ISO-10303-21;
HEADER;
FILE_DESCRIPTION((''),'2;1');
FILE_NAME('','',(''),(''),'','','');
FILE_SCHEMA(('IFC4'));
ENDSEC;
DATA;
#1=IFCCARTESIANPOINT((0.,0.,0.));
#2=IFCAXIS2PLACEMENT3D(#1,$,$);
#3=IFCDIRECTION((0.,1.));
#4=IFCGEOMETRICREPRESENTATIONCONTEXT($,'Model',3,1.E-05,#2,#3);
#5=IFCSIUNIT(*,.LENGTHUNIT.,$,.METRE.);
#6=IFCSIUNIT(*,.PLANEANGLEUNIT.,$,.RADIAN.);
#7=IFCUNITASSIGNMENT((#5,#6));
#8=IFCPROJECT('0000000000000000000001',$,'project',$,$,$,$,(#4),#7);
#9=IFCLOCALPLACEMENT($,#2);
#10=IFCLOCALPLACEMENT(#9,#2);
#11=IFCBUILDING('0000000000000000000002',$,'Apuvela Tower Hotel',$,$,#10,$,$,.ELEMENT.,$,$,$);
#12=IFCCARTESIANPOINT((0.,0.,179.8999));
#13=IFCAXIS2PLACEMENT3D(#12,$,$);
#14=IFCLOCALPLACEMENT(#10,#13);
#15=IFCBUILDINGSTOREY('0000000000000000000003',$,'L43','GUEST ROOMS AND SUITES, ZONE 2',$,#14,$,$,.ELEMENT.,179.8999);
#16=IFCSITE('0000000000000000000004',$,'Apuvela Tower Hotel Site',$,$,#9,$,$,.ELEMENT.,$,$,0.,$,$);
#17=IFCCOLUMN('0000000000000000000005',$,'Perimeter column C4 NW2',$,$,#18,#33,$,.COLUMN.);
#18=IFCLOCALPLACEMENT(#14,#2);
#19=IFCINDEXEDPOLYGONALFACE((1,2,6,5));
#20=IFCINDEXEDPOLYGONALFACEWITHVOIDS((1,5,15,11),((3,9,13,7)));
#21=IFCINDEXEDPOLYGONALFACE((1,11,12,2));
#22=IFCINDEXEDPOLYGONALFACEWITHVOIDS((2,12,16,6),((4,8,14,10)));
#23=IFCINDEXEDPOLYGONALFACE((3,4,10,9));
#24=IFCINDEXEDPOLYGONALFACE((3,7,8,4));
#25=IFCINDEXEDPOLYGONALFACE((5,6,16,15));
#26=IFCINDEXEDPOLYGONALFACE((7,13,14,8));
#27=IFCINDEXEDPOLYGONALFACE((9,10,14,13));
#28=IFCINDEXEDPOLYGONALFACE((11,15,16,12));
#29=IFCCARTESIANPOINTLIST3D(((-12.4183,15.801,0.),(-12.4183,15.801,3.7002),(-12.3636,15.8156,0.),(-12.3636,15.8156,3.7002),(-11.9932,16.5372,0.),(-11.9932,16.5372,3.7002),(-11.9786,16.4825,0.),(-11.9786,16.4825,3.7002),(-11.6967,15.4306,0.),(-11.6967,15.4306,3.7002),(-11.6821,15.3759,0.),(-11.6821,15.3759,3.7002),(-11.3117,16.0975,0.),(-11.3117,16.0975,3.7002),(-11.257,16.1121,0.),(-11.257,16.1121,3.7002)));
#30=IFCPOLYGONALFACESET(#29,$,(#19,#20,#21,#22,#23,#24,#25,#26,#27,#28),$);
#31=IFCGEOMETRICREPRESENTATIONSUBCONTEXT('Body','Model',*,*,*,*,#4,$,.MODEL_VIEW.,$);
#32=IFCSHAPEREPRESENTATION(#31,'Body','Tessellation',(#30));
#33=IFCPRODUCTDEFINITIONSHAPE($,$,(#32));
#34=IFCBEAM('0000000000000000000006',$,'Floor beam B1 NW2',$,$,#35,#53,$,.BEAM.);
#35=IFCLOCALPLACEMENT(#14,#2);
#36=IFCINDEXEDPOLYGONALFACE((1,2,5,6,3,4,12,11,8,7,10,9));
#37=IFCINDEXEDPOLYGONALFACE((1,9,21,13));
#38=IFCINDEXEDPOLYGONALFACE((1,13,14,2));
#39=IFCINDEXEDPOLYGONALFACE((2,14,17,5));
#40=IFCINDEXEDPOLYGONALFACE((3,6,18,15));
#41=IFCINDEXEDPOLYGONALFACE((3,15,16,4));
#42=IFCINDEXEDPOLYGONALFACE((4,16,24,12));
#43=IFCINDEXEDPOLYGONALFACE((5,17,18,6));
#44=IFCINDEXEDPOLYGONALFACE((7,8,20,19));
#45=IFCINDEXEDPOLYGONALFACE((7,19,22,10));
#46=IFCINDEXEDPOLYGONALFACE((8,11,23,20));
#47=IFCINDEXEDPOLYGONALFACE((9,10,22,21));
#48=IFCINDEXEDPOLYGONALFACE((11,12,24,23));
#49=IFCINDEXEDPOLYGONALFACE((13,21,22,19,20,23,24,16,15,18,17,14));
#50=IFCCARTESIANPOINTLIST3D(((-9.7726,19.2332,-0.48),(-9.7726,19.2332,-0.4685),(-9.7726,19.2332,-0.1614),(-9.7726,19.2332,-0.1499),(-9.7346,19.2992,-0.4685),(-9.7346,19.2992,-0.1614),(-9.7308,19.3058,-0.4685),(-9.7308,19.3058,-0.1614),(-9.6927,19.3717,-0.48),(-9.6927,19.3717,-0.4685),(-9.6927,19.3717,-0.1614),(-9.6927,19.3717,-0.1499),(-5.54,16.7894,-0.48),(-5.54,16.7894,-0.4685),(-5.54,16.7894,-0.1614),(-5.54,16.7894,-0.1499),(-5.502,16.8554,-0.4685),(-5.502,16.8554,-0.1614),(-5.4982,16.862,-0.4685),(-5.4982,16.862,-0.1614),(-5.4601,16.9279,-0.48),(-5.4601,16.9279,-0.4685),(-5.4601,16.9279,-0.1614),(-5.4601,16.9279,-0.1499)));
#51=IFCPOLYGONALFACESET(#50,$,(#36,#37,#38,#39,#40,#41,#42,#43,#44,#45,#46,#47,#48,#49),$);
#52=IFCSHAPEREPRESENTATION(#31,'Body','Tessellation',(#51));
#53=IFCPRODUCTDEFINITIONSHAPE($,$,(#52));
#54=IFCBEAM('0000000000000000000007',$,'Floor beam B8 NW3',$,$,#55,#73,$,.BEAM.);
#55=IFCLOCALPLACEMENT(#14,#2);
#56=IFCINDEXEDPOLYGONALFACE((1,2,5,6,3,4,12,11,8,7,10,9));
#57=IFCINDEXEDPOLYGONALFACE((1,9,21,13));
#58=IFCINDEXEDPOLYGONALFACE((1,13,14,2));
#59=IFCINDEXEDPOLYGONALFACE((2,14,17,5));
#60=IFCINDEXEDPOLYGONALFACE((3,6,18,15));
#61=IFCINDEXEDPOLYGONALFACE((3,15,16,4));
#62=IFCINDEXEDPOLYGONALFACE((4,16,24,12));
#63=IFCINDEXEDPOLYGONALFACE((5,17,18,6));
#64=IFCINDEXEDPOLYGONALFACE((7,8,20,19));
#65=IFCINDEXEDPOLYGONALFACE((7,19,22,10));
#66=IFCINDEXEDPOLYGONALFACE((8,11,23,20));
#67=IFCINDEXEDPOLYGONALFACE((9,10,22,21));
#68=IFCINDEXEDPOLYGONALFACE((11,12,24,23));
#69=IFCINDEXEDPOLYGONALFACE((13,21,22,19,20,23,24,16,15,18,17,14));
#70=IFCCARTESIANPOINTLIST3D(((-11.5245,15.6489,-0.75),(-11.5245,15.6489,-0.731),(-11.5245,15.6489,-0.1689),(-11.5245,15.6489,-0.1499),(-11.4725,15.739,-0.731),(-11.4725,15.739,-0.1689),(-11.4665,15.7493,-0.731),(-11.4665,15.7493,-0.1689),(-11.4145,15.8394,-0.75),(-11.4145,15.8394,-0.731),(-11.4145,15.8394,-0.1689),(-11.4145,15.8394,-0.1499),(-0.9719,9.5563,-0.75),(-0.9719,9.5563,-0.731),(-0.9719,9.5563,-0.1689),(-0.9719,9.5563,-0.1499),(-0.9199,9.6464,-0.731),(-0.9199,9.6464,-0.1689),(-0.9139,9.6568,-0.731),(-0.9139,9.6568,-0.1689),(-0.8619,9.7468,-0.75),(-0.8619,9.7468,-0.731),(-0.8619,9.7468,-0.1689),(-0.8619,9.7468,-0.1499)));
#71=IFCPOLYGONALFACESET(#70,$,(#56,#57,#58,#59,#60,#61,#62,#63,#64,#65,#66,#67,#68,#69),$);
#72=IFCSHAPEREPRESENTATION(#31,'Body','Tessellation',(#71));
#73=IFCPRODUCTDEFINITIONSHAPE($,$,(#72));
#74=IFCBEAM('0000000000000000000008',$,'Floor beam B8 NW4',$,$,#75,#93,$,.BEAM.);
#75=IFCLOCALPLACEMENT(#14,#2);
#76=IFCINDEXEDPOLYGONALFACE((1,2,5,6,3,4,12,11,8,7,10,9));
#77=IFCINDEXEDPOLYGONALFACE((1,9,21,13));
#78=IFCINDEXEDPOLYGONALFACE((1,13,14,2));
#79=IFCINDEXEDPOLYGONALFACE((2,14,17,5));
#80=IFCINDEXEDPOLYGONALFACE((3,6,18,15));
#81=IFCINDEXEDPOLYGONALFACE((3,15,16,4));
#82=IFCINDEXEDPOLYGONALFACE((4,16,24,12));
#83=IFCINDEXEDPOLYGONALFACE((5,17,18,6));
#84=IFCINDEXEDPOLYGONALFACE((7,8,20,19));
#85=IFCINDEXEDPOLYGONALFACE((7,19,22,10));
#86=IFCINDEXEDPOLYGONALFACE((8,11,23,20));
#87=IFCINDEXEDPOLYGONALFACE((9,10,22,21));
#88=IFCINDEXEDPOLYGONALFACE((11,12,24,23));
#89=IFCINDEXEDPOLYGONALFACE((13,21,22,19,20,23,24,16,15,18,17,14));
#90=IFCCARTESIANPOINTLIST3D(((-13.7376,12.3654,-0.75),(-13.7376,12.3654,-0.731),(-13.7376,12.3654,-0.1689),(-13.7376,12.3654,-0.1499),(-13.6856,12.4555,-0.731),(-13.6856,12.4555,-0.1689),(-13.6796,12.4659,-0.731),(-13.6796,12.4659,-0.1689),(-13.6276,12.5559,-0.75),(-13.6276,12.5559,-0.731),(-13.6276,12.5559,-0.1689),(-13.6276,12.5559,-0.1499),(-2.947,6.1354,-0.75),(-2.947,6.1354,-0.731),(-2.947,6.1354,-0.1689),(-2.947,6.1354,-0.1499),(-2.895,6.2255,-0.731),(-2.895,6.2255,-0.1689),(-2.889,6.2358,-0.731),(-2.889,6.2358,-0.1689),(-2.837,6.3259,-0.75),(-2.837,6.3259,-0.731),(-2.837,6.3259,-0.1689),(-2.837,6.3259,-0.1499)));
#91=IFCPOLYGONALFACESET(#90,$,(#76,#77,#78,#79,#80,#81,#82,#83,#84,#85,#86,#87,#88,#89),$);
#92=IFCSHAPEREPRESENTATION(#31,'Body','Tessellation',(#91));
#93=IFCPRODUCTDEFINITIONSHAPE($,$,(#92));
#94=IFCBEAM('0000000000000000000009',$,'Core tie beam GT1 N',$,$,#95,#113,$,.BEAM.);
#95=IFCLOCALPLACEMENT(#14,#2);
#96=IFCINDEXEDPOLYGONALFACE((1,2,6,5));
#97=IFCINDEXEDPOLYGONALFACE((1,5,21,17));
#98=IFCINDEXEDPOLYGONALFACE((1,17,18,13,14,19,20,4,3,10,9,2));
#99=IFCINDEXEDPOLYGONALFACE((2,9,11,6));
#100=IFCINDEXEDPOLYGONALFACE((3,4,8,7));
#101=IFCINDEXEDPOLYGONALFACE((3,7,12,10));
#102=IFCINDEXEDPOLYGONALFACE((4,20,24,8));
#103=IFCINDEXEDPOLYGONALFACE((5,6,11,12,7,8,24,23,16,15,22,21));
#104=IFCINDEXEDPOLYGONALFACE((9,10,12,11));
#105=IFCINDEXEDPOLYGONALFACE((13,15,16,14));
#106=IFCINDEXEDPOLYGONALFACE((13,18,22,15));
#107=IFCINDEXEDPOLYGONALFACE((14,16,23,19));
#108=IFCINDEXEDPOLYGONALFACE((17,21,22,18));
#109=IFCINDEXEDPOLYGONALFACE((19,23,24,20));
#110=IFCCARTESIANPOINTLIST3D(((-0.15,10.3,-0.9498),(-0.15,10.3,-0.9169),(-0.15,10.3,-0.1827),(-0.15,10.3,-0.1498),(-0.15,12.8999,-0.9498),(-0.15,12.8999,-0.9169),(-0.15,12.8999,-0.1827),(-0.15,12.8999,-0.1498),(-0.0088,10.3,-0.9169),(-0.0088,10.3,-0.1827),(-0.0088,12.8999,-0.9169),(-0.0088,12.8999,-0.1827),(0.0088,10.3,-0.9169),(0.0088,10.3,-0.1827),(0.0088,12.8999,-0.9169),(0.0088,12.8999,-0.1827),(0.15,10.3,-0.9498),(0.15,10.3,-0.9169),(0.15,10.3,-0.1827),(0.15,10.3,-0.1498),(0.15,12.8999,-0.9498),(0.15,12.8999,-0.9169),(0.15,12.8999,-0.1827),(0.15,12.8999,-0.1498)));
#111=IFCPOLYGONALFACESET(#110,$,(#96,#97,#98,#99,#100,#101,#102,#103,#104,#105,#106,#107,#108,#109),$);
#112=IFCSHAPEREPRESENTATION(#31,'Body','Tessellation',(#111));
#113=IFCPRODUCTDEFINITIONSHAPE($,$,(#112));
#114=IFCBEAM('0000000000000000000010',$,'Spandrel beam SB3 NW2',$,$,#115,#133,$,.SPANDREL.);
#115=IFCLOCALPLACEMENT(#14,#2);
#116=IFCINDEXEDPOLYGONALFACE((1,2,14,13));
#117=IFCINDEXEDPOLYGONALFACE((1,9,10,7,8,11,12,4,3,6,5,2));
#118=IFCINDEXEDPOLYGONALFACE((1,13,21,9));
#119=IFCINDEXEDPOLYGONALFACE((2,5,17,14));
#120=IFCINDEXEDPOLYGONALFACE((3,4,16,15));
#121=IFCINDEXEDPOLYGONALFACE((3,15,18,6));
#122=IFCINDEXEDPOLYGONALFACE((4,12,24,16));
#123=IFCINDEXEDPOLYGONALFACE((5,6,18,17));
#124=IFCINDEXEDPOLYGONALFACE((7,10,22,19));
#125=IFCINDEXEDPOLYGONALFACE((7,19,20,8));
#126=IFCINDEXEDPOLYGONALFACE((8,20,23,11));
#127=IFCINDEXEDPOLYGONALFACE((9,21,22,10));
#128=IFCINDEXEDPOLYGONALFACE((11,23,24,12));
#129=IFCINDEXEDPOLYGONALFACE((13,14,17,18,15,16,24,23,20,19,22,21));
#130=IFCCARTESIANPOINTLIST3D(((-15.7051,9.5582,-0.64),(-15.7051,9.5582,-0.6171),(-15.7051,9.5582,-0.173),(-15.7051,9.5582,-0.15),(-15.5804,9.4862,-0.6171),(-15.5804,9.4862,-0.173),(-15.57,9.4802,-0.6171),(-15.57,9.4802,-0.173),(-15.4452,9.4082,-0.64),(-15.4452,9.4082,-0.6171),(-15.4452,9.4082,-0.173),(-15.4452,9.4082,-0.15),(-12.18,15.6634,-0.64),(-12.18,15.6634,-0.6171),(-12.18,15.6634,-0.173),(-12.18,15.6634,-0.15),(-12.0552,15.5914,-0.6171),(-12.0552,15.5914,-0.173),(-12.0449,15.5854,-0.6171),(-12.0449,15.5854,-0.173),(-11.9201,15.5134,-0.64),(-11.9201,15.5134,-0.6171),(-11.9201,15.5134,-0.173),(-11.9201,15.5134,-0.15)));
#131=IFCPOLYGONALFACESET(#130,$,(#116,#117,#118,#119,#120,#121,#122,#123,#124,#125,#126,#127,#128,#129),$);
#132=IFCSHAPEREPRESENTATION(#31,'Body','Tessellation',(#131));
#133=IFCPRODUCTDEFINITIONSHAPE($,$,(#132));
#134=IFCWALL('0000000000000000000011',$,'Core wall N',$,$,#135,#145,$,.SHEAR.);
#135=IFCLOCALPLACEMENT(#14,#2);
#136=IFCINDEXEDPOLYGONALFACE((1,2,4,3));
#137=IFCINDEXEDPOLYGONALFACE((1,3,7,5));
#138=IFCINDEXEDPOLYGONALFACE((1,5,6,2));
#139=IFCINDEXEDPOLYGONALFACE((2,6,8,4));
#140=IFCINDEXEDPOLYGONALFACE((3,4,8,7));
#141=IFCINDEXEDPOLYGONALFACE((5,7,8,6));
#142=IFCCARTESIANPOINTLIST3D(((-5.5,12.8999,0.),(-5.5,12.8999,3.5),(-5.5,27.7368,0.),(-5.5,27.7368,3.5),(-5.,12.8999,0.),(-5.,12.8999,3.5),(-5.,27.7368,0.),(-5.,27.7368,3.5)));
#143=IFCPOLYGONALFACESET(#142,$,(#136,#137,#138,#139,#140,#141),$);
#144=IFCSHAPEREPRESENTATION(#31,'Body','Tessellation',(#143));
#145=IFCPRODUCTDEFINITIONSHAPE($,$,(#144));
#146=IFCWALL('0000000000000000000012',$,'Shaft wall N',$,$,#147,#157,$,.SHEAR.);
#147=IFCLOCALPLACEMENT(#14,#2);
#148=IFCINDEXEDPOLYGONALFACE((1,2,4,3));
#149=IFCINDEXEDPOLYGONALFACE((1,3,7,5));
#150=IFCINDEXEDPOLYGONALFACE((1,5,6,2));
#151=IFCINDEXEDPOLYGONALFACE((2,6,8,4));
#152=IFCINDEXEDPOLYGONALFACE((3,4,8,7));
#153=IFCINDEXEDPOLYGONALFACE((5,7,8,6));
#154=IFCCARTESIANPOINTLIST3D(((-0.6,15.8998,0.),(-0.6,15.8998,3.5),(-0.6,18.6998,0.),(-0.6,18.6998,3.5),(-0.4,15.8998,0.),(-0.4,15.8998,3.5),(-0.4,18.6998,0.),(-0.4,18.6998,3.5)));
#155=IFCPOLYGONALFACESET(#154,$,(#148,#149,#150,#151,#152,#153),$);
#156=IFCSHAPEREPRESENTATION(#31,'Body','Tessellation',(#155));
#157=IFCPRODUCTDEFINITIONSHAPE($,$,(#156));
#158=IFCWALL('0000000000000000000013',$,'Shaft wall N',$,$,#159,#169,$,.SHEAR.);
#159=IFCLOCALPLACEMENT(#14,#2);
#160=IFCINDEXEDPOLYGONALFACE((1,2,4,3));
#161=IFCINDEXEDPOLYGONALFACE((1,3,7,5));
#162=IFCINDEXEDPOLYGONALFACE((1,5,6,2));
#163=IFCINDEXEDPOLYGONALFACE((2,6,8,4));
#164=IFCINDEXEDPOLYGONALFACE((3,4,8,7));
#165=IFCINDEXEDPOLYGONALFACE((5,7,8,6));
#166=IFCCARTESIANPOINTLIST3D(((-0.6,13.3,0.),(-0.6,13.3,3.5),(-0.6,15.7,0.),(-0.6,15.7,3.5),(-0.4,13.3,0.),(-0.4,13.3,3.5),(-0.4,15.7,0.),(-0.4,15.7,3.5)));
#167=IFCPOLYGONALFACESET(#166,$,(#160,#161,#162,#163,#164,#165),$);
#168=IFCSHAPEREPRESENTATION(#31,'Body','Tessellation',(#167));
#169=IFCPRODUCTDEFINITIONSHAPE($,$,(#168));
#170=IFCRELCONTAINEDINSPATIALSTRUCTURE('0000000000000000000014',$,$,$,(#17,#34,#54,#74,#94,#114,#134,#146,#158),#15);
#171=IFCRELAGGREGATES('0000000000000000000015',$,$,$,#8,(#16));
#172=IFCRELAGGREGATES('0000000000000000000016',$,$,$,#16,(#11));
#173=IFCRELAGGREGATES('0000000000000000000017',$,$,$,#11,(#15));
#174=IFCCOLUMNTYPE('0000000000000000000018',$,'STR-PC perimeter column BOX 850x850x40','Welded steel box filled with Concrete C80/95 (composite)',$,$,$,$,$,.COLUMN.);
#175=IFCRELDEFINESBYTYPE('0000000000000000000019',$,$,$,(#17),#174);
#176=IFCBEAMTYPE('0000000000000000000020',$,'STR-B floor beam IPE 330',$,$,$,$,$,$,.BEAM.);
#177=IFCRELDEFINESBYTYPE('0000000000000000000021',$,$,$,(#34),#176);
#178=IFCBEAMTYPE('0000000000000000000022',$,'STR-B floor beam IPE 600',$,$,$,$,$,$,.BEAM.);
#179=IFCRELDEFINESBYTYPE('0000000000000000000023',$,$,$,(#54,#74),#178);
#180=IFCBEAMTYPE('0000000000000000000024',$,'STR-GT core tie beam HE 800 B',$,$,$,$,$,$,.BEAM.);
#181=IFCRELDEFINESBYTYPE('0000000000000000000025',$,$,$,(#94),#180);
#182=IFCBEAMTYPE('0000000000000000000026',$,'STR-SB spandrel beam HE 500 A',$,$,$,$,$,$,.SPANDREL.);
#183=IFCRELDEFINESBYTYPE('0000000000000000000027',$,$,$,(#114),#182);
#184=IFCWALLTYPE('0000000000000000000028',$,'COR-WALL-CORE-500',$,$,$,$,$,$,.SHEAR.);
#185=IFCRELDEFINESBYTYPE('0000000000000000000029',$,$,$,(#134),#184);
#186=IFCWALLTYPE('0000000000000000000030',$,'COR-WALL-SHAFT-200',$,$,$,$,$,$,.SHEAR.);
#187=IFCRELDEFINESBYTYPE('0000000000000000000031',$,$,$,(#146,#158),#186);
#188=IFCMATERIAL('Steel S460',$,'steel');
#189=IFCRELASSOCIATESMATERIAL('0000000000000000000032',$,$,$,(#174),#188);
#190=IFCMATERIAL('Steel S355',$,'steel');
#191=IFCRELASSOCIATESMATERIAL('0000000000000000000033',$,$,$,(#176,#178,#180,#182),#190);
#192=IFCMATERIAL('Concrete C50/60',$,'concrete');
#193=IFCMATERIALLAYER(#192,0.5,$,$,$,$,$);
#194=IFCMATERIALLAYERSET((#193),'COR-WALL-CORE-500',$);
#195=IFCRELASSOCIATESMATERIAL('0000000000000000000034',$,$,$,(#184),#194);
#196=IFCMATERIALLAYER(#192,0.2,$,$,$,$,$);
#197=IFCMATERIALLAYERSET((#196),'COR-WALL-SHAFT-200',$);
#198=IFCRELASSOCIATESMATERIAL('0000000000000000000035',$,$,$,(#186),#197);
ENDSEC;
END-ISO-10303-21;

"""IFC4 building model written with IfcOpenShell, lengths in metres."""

from ifc_helpers import new_model, si_unit, direction, frame, frame_2d, origin, origin_2d, place, context, subcontext, project, spatial, rectangle, hollow_rectangle, i_section, extrude, material, layer, layer_set, material_profile, profile_set, type_object, element, save


model = new_model("IFC4")

# Units and contexts
model_context = context("Model", 3, precision=1e-05, world=origin(), true_north=direction((0.0, 1.0)))
body_context = subcontext(model_context, "Body", "Model", "MODEL_VIEW")
ifc_project = project(units=[si_unit("LENGTHUNIT", "METRE"), si_unit("PLANEANGLEUNIT", "RADIAN")], contexts=[model_context])

# Site, building, storey
site_placement = place(None, origin())
site = spatial("IfcSite", under=ifc_project, at=site_placement, Name="Apuvela Tower Hotel Site", CompositionType="ELEMENT", RefElevation=0.0)
building_placement = place(site_placement, origin())
building = spatial("IfcBuilding", under=site, at=building_placement, Name="Apuvela Tower Hotel", CompositionType="ELEMENT")
storey_placement = place(building_placement, frame((0.0, 0.0, 179.8999)))
storey = spatial("IfcBuildingStorey", under=building, at=storey_placement, Name="L43", Description="GUEST ROOMS AND SUITES, ZONE 2", CompositionType="ELEMENT", Elevation=179.8999)

# Column
ifc_material_1 = material(Name="Steel S460", Category="steel")
ifc_material_profile_1 = material_profile(ifc_material_1, hollow_rectangle(XDim=0.8501, YDim=0.8501, WallThickness=0.04, at=origin_2d()), Name="BOX 850x850x40")
ifc_material_2 = material(Name="Concrete C80/95", Category="concrete")
ifc_material_profile_2 = material_profile(ifc_material_2, rectangle(XDim=0.77, YDim=0.77, at=origin_2d()), Name="Concrete C80/95 infill")
ifc_profile_set_1 = profile_set([ifc_material_profile_1, ifc_material_profile_2], Name="Steel S460")
column_type = type_object("IfcColumnType", Name="STR-PC perimeter column BOX 850x850x40", Description="Welded steel box filled with Concrete C80/95 (composite)", PredefinedType="COLUMN", material=ifc_profile_set_1)
column_placement = place(storey_placement, frame((-11.8376, 15.9565, 0.0), z_axis=(0.0, 0.0, 1.0), x_axis=(0.5, 0.866025, 0.0)))
element("IfcColumn", 1, at=column_placement, inside=storey, type_object=column_type, Name="Perimeter column C4 NW2", PredefinedType="COLUMN", context=body_context, shape_type="SweptSolid", body=[
    extrude(hollow_rectangle(XDim=0.8501, YDim=0.8501, WallThickness=0.04, at=origin_2d()), origin(), (0.0, 0.0, 1.0), 3.7002),
])

# Beams
ifc_material_3 = material(Name="Steel S355", Category="steel")
ifc_material_profile_3 = material_profile(ifc_material_3, i_section(OverallWidth=0.1599, OverallDepth=0.3301, WebThickness=0.0076, FlangeThickness=0.0115, at=origin_2d()), Name="IPE 330")
ifc_profile_set_2 = profile_set([ifc_material_profile_3], Name="Steel S355")
beam_type_1 = type_object("IfcBeamType", Name="STR-B floor beam IPE 330", PredefinedType="BEAM", material=ifc_profile_set_2)
beam_1_placement = place(storey_placement, frame((-9.7327, 19.3025, -0.3149), z_axis=(0.866015, -0.500018, 0.0), x_axis=(0.500018, 0.866015, 0.0)))
element("IfcBeam", 2, at=beam_1_placement, inside=storey, type_object=beam_type_1, Name="Floor beam B1 NW2", PredefinedType="BEAM", context=body_context, shape_type="SweptSolid", body=[
    extrude(i_section(OverallWidth=0.1599, OverallDepth=0.3301, WebThickness=0.0076, FlangeThickness=0.0115, at=origin_2d()), origin(), (0.0, 0.0, 1.0), 4.8875),
])
ifc_material_profile_4 = material_profile(ifc_material_3, i_section(OverallWidth=0.22, OverallDepth=0.6001, WebThickness=0.012, FlangeThickness=0.019, at=origin_2d()), Name="IPE 600")
ifc_profile_set_3 = profile_set([ifc_material_profile_4], Name="Steel S355")
beam_type_2 = type_object("IfcBeamType", Name="STR-B floor beam IPE 600", PredefinedType="BEAM", material=ifc_profile_set_3)
beam_2_placement = place(storey_placement, frame((-11.4695, 15.7441, -0.45), z_axis=(0.866024, -0.500003, 0.0), x_axis=(0.500003, 0.866024, 0.0)))
element("IfcBeam", 3, at=beam_2_placement, inside=storey, type_object=beam_type_2, Name="Floor beam B8 NW3", PredefinedType="BEAM", context=body_context, shape_type="SweptSolid", body=[
    extrude(i_section(OverallWidth=0.22, OverallDepth=0.6001, WebThickness=0.012, FlangeThickness=0.019, at=origin_2d()), origin(), (0.0, 0.0, 1.0), 12.1851),
])
beam_3_placement = place(storey_placement, frame((-13.6826, 12.4607, -0.45), z_axis=(0.866023, -0.500004, 0.0), x_axis=(0.500004, 0.866023, 0.0)))
element("IfcBeam", 4, at=beam_3_placement, inside=storey, type_object=beam_type_2, Name="Floor beam B8 NW4", PredefinedType="BEAM", context=body_context, shape_type="SweptSolid", body=[
    extrude(i_section(OverallWidth=0.22, OverallDepth=0.6001, WebThickness=0.012, FlangeThickness=0.019, at=origin_2d()), origin(), (0.0, 0.0, 1.0), 12.46),
])
ifc_material_profile_5 = material_profile(ifc_material_3, i_section(OverallWidth=0.3, OverallDepth=0.8, WebThickness=0.0176, FlangeThickness=0.033, at=origin_2d()), Name="HE 800 B")
ifc_profile_set_4 = profile_set([ifc_material_profile_5], Name="Steel S355")
beam_type_3 = type_object("IfcBeamType", Name="STR-GT core tie beam HE 800 B", PredefinedType="BEAM", material=ifc_profile_set_4)
beam_4_placement = place(storey_placement, frame((0.0, 12.8999, -0.5498), z_axis=(0.0, -1.0, 0.0), x_axis=(1.0, 0.0, 0.0)))
element("IfcBeam", 5, at=beam_4_placement, inside=storey, type_object=beam_type_3, Name="Core tie beam GT1 N", PredefinedType="BEAM", context=body_context, shape_type="SweptSolid", body=[
    extrude(i_section(OverallWidth=0.3, OverallDepth=0.8, WebThickness=0.0176, FlangeThickness=0.033, at=origin_2d()), origin(), (0.0, 0.0, 1.0), 2.5999),
])
ifc_material_profile_6 = material_profile(ifc_material_3, i_section(OverallWidth=0.3, OverallDepth=0.49, WebThickness=0.012, FlangeThickness=0.0229, at=origin_2d()), Name="HE 500 A")
ifc_profile_set_5 = profile_set([ifc_material_profile_6], Name="Steel S355")
beam_type_4 = type_object("IfcBeamType", Name="STR-SB spandrel beam HE 500 A", PredefinedType="SPANDREL", material=ifc_profile_set_5)
beam_5_placement = place(storey_placement, frame((-12.05, 15.5884, -0.395), z_axis=(-0.500031, -0.866007, 0.0), x_axis=(0.866007, -0.500031, 0.0)))
element("IfcBeam", 6, at=beam_5_placement, inside=storey, type_object=beam_type_4, Name="Spandrel beam SB3 NW2", PredefinedType="SPANDREL", context=body_context, shape_type="SweptSolid", body=[
    extrude(i_section(OverallWidth=0.3, OverallDepth=0.49, WebThickness=0.012, FlangeThickness=0.0229, at=origin_2d()), origin(), (0.0, 0.0, 1.0), 7.0498),
])

# Walls
ifc_material_4 = material(Name="Concrete C50/60", Category="concrete")
ifc_layer_1 = layer(ifc_material_4, 0.5)
ifc_layer_set_1 = layer_set([ifc_layer_1], Name="COR-WALL-CORE-500")
wall_type_1 = type_object("IfcWallType", Name="COR-WALL-CORE-500", PredefinedType="SHEAR", material=ifc_layer_set_1)
wall_1_placement = place(storey_placement, frame((-5.25, 12.8999, 0.0), z_axis=(0.0, 0.0, 1.0), x_axis=(0.0, 1.0, 0.0)))
element("IfcWall", 7, at=wall_1_placement, inside=storey, type_object=wall_type_1, Name="Core wall N", PredefinedType="SHEAR", context=body_context, shape_type="SweptSolid", body=[
    extrude(rectangle(XDim=14.8369, YDim=0.5, at=frame_2d((7.4185, 0.0))), origin(), (0.0, 0.0, 1.0), 3.5),
])
ifc_layer_2 = layer(ifc_material_4, 0.2)
ifc_layer_set_2 = layer_set([ifc_layer_2], Name="COR-WALL-SHAFT-200")
wall_type_2 = type_object("IfcWallType", Name="COR-WALL-SHAFT-200", PredefinedType="SHEAR", material=ifc_layer_set_2)
wall_2_placement = place(storey_placement, frame((-0.5, 15.8999, 0.0), z_axis=(0.0, 0.0, 1.0), x_axis=(0.0, 1.0, 0.0)))
element("IfcWall", 8, at=wall_2_placement, inside=storey, type_object=wall_type_2, Name="Shaft wall N", PredefinedType="SHEAR", context=body_context, shape_type="SweptSolid", body=[
    extrude(rectangle(XDim=2.8, YDim=0.2, at=frame_2d((1.3999, 0.0))), origin(), (0.0, 0.0, 1.0), 3.5),
])
wall_3_placement = place(storey_placement, frame((-0.5, 13.3, 0.0), z_axis=(0.0, 0.0, 1.0), x_axis=(0.0, 1.0, 0.0)))
element("IfcWall", 9, at=wall_3_placement, inside=storey, type_object=wall_type_2, Name="Shaft wall N", PredefinedType="SHEAR", context=body_context, shape_type="SweptSolid", body=[
    extrude(rectangle(XDim=2.3999, YDim=0.2, at=frame_2d((1.2, 0.0))), origin(), (0.0, 0.0, 1.0), 3.5),
])

save(model, "model.ifc")
